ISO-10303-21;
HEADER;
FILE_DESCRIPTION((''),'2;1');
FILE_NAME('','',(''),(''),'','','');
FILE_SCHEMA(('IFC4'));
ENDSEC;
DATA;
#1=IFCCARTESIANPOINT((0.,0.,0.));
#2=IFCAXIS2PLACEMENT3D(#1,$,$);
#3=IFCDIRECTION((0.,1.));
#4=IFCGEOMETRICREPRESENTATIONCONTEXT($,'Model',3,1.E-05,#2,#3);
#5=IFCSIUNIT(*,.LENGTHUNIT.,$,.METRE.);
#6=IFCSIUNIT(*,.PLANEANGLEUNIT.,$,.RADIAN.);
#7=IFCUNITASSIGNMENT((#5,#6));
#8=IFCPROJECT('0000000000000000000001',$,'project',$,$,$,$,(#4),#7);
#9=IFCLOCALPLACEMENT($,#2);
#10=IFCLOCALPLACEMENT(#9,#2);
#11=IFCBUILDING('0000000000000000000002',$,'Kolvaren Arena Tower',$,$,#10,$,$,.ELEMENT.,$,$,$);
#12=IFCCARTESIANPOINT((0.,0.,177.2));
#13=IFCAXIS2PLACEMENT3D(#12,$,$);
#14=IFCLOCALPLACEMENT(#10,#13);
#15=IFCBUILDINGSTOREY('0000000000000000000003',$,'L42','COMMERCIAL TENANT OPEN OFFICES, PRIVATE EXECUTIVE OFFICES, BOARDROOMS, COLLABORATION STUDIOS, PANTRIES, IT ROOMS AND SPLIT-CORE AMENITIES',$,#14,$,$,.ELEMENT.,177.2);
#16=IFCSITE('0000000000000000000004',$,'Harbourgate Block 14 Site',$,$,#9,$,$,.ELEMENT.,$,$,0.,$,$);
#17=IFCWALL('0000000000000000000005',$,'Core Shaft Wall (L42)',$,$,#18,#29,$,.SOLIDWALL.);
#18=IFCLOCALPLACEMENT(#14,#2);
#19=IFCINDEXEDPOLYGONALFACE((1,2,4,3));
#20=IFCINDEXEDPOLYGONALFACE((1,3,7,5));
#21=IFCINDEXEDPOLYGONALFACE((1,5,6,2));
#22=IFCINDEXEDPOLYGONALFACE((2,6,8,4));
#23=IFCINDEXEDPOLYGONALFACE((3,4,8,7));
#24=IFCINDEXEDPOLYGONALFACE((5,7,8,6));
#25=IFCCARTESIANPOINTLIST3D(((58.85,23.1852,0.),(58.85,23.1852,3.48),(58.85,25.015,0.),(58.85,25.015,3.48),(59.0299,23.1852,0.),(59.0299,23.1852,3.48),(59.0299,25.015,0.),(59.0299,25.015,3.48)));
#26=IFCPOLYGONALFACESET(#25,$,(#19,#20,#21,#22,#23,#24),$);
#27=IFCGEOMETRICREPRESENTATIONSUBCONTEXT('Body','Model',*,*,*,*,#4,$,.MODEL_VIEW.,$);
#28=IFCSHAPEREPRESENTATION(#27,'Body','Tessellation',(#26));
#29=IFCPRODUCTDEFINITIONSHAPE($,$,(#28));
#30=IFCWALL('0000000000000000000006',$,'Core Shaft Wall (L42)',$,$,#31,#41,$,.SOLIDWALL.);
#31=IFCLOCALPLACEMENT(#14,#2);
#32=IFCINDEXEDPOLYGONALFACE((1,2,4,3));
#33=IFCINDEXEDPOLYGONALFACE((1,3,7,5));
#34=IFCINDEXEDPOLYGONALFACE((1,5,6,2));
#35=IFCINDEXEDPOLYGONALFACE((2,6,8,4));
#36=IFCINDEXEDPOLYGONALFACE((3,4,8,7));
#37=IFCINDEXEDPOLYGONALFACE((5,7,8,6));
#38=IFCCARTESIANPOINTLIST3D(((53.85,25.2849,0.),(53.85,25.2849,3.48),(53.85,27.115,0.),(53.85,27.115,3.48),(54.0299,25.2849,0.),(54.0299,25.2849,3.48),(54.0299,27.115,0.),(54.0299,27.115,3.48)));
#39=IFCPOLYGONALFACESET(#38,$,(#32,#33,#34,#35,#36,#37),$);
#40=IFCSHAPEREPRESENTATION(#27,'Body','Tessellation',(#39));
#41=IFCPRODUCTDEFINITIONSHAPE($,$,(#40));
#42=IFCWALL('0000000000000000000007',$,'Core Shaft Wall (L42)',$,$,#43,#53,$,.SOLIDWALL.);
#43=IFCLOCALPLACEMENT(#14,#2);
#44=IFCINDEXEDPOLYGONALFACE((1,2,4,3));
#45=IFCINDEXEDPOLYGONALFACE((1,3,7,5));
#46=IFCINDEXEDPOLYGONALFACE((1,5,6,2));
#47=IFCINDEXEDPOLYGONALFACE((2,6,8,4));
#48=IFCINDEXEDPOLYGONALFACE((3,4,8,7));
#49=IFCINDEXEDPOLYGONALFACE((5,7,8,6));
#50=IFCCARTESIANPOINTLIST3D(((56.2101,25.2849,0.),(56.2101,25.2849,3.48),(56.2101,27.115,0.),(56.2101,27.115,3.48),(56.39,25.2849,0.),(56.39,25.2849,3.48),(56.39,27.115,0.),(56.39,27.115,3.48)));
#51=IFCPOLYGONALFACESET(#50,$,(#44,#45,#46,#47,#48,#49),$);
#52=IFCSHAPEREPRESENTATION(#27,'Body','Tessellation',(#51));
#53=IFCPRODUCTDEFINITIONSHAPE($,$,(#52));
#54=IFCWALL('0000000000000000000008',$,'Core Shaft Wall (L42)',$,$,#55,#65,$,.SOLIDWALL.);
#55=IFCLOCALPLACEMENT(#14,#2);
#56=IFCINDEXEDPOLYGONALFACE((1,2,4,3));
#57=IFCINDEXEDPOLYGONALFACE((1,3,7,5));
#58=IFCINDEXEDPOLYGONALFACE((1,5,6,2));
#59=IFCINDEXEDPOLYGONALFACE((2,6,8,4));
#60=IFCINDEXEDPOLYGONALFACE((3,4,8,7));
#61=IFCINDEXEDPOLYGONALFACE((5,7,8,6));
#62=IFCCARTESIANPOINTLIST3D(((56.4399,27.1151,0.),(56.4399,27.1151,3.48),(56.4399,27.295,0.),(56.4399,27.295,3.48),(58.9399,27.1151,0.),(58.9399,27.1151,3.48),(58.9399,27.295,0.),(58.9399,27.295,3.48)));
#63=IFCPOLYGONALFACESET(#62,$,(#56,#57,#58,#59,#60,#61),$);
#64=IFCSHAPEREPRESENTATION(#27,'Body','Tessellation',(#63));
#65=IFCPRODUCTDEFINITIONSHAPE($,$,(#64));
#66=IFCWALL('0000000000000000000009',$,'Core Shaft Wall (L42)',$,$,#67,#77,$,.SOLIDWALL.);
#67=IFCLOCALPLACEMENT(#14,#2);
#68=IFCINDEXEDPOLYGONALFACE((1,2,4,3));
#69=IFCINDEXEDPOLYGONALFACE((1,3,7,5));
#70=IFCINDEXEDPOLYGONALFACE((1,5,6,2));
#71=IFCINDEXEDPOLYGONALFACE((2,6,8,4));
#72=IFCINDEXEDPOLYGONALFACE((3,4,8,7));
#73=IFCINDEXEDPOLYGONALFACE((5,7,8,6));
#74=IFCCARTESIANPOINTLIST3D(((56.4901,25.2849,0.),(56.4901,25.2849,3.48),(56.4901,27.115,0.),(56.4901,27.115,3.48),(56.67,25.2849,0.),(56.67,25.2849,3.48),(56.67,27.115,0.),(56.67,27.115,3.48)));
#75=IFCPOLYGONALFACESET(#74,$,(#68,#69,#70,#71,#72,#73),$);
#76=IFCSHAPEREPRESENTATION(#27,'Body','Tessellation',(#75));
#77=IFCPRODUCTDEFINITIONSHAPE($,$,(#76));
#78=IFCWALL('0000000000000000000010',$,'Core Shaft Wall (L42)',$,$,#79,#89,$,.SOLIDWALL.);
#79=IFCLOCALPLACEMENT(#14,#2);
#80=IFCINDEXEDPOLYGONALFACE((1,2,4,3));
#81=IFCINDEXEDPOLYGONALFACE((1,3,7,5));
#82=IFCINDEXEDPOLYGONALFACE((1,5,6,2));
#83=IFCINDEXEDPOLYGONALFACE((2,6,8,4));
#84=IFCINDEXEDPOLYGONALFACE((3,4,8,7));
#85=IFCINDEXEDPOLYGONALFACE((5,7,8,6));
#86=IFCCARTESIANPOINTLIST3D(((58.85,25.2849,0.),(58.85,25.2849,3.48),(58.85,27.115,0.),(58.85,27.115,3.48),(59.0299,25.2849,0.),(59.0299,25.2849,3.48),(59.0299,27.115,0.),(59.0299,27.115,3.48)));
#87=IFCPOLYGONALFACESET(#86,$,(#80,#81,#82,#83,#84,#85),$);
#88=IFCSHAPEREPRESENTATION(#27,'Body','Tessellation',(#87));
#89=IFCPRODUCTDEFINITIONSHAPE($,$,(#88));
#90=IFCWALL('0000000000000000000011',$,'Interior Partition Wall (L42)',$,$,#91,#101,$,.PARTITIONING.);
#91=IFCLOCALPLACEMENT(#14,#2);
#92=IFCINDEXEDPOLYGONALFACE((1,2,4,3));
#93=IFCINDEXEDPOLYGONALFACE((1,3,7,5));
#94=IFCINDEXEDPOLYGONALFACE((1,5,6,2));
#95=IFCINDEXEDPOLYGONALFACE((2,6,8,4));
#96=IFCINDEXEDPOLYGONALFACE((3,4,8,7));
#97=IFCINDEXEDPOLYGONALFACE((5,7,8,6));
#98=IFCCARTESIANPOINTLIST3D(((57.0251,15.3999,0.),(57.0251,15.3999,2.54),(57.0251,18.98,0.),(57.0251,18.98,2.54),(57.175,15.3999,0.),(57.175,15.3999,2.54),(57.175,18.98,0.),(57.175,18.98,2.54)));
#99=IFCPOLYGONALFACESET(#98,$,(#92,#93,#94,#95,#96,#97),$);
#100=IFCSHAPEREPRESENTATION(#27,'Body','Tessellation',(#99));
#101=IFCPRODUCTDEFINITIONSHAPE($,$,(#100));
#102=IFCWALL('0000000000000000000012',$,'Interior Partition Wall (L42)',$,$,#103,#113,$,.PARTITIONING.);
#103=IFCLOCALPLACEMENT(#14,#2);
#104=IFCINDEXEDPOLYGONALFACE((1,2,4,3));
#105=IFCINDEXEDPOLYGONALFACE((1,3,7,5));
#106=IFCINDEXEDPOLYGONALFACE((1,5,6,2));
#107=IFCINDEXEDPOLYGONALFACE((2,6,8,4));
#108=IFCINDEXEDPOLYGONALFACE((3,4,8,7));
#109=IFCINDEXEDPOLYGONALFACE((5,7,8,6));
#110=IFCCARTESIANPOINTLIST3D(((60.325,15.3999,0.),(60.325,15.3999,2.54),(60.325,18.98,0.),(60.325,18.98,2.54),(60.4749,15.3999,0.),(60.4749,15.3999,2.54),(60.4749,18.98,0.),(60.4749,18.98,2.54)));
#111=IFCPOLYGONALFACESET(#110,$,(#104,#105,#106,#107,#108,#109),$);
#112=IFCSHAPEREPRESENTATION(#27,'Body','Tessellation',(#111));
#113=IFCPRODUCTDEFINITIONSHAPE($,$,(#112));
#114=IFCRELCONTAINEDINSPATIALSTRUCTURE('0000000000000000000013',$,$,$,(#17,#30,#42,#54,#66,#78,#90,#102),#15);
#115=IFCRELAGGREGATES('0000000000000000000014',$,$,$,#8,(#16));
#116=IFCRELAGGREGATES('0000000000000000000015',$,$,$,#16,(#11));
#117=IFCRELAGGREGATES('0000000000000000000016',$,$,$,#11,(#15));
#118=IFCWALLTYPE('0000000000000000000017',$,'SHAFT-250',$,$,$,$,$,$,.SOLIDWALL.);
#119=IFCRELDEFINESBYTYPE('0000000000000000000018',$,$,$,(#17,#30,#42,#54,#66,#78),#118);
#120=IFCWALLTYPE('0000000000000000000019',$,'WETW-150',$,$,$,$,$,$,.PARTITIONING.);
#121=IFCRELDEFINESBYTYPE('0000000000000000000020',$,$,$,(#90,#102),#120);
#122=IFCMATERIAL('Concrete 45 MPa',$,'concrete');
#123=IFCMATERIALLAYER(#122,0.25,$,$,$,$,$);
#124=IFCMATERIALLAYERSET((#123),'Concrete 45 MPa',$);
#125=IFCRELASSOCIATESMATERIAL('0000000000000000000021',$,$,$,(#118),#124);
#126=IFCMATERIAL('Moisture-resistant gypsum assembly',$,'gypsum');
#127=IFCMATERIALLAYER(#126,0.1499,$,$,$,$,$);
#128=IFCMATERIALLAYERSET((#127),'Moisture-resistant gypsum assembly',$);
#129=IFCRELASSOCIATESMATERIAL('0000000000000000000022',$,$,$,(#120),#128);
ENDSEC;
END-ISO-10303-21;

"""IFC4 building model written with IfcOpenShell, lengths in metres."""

from ifc_helpers import new_model, si_unit, direction, frame, frame_2d, origin, place, context, subcontext, project, spatial, rectangle, extrude, material, layer, layer_set, type_object, element, save


model = new_model("IFC4")

# Units and contexts
model_context = context("Model", 3, precision=1e-05, world=origin(), true_north=direction((0.0, 1.0)))
body_context = subcontext(model_context, "Body", "Model", "MODEL_VIEW")
ifc_project = project(units=[si_unit("LENGTHUNIT", "METRE"), si_unit("PLANEANGLEUNIT", "RADIAN")], contexts=[model_context])

# Site, building, storey
site_placement = place(None, origin())
site = spatial("IfcSite", under=ifc_project, at=site_placement, Name="Harbourgate Block 14 Site", CompositionType="ELEMENT", RefElevation=0.0)
building_placement = place(site_placement, origin())
building = spatial("IfcBuilding", under=site, at=building_placement, Name="Kolvaren Arena Tower", CompositionType="ELEMENT")
storey_placement = place(building_placement, frame((0.0, 0.0, 177.2)))
storey = spatial("IfcBuildingStorey", under=building, at=storey_placement, Name="L42", Description="COMMERCIAL TENANT OPEN OFFICES, PRIVATE EXECUTIVE OFFICES, BOARDROOMS, COLLABORATION STUDIOS, PANTRIES, IT ROOMS AND SPLIT-CORE AMENITIES", CompositionType="ELEMENT", Elevation=177.2)

# Walls
ifc_material_1 = material(Name="Concrete 45 MPa", Category="concrete")
ifc_layer_1 = layer(ifc_material_1, 0.25)
ifc_layer_set_1 = layer_set([ifc_layer_1], Name="Concrete 45 MPa")
wall_type_1 = type_object("IfcWallType", Name="SHAFT-250", PredefinedType="SOLIDWALL", material=ifc_layer_set_1)
for number, where, z_axis, x_axis, name in (
    (1, (58.9399, 23.1851, 0.0), (0.0, 0.0, 1.0), (0.0, 1.0, 0.0), "Core Shaft Wall (L42)"),
):
    element("IfcWall", number, at=place(storey_placement, frame(where, z_axis=z_axis, x_axis=x_axis)), inside=storey, type_object=wall_type_1, Name=name, PredefinedType="SOLIDWALL", context=body_context, shape_type="SweptSolid", body=[
        extrude(rectangle(XDim=1.8298, YDim=0.1799, at=frame_2d((0.915, 0.0))), origin(), (0.0, 0.0, 1.0), 3.48),
    ])
for number, where, z_axis, x_axis, name in (
    (2, (53.9399, 25.2849, 0.0), (0.0, 0.0, 1.0), (0.0, 1.0, 0.0), "Core Shaft Wall (L42)"),
    (3, (56.3, 25.2849, 0.0), (0.0, 0.0, 1.0), (0.0, 1.0, 0.0), "Core Shaft Wall (L42)"),
):
    element("IfcWall", number, at=place(storey_placement, frame(where, z_axis=z_axis, x_axis=x_axis)), inside=storey, type_object=wall_type_1, Name=name, PredefinedType="SOLIDWALL", context=body_context, shape_type="SweptSolid", body=[
        extrude(rectangle(XDim=1.8301, YDim=0.1799, at=frame_2d((0.915, 0.0))), origin(), (0.0, 0.0, 1.0), 3.48),
    ])
wall_1_placement = place(storey_placement, frame((56.4399, 27.2051, 0.0), z_axis=(0.0, 0.0, 1.0), x_axis=(1.0, 0.0, 0.0)))
element("IfcWall", 4, at=wall_1_placement, inside=storey, type_object=wall_type_1, Name="Core Shaft Wall (L42)", PredefinedType="SOLIDWALL", context=body_context, shape_type="SweptSolid", body=[
    extrude(rectangle(XDim=2.5, YDim=0.1799, at=frame_2d((1.25, 0.0))), origin(), (0.0, 0.0, 1.0), 3.48),
])
for number, where, z_axis, x_axis, name in (
    (5, (56.5801, 25.2849, 0.0), (0.0, 0.0, 1.0), (0.0, 1.0, 0.0), "Core Shaft Wall (L42)"),
    (6, (58.9399, 25.2849, 0.0), (0.0, 0.0, 1.0), (0.0, 1.0, 0.0), "Core Shaft Wall (L42)"),
):
    element("IfcWall", number, at=place(storey_placement, frame(where, z_axis=z_axis, x_axis=x_axis)), inside=storey, type_object=wall_type_1, Name=name, PredefinedType="SOLIDWALL", context=body_context, shape_type="SweptSolid", body=[
        extrude(rectangle(XDim=1.8301, YDim=0.1799, at=frame_2d((0.915, 0.0))), origin(), (0.0, 0.0, 1.0), 3.48),
    ])
ifc_material_2 = material(Name="Moisture-resistant gypsum assembly", Category="gypsum")
ifc_layer_2 = layer(ifc_material_2, 0.1499)
ifc_layer_set_2 = layer_set([ifc_layer_2], Name="Moisture-resistant gypsum assembly")
wall_type_2 = type_object("IfcWallType", Name="WETW-150", PredefinedType="PARTITIONING", material=ifc_layer_set_2)
for number, where, z_axis, x_axis, name in (
    (7, (57.1001, 15.3999, 0.0), (0.0, 0.0, 1.0), (0.0, 1.0, 0.0), "Interior Partition Wall (L42)"),
    (8, (60.3999, 15.3999, 0.0), (0.0, 0.0, 1.0), (0.0, 1.0, 0.0), "Interior Partition Wall (L42)"),
):
    element("IfcWall", number, at=place(storey_placement, frame(where, z_axis=z_axis, x_axis=x_axis)), inside=storey, type_object=wall_type_2, Name=name, PredefinedType="PARTITIONING", context=body_context, shape_type="SweptSolid", body=[
        extrude(rectangle(XDim=3.5801, YDim=0.1499, at=frame_2d((1.79, 0.0))), origin(), (0.0, 0.0, 1.0), 2.54),
    ])

save(model, "model.ifc")
